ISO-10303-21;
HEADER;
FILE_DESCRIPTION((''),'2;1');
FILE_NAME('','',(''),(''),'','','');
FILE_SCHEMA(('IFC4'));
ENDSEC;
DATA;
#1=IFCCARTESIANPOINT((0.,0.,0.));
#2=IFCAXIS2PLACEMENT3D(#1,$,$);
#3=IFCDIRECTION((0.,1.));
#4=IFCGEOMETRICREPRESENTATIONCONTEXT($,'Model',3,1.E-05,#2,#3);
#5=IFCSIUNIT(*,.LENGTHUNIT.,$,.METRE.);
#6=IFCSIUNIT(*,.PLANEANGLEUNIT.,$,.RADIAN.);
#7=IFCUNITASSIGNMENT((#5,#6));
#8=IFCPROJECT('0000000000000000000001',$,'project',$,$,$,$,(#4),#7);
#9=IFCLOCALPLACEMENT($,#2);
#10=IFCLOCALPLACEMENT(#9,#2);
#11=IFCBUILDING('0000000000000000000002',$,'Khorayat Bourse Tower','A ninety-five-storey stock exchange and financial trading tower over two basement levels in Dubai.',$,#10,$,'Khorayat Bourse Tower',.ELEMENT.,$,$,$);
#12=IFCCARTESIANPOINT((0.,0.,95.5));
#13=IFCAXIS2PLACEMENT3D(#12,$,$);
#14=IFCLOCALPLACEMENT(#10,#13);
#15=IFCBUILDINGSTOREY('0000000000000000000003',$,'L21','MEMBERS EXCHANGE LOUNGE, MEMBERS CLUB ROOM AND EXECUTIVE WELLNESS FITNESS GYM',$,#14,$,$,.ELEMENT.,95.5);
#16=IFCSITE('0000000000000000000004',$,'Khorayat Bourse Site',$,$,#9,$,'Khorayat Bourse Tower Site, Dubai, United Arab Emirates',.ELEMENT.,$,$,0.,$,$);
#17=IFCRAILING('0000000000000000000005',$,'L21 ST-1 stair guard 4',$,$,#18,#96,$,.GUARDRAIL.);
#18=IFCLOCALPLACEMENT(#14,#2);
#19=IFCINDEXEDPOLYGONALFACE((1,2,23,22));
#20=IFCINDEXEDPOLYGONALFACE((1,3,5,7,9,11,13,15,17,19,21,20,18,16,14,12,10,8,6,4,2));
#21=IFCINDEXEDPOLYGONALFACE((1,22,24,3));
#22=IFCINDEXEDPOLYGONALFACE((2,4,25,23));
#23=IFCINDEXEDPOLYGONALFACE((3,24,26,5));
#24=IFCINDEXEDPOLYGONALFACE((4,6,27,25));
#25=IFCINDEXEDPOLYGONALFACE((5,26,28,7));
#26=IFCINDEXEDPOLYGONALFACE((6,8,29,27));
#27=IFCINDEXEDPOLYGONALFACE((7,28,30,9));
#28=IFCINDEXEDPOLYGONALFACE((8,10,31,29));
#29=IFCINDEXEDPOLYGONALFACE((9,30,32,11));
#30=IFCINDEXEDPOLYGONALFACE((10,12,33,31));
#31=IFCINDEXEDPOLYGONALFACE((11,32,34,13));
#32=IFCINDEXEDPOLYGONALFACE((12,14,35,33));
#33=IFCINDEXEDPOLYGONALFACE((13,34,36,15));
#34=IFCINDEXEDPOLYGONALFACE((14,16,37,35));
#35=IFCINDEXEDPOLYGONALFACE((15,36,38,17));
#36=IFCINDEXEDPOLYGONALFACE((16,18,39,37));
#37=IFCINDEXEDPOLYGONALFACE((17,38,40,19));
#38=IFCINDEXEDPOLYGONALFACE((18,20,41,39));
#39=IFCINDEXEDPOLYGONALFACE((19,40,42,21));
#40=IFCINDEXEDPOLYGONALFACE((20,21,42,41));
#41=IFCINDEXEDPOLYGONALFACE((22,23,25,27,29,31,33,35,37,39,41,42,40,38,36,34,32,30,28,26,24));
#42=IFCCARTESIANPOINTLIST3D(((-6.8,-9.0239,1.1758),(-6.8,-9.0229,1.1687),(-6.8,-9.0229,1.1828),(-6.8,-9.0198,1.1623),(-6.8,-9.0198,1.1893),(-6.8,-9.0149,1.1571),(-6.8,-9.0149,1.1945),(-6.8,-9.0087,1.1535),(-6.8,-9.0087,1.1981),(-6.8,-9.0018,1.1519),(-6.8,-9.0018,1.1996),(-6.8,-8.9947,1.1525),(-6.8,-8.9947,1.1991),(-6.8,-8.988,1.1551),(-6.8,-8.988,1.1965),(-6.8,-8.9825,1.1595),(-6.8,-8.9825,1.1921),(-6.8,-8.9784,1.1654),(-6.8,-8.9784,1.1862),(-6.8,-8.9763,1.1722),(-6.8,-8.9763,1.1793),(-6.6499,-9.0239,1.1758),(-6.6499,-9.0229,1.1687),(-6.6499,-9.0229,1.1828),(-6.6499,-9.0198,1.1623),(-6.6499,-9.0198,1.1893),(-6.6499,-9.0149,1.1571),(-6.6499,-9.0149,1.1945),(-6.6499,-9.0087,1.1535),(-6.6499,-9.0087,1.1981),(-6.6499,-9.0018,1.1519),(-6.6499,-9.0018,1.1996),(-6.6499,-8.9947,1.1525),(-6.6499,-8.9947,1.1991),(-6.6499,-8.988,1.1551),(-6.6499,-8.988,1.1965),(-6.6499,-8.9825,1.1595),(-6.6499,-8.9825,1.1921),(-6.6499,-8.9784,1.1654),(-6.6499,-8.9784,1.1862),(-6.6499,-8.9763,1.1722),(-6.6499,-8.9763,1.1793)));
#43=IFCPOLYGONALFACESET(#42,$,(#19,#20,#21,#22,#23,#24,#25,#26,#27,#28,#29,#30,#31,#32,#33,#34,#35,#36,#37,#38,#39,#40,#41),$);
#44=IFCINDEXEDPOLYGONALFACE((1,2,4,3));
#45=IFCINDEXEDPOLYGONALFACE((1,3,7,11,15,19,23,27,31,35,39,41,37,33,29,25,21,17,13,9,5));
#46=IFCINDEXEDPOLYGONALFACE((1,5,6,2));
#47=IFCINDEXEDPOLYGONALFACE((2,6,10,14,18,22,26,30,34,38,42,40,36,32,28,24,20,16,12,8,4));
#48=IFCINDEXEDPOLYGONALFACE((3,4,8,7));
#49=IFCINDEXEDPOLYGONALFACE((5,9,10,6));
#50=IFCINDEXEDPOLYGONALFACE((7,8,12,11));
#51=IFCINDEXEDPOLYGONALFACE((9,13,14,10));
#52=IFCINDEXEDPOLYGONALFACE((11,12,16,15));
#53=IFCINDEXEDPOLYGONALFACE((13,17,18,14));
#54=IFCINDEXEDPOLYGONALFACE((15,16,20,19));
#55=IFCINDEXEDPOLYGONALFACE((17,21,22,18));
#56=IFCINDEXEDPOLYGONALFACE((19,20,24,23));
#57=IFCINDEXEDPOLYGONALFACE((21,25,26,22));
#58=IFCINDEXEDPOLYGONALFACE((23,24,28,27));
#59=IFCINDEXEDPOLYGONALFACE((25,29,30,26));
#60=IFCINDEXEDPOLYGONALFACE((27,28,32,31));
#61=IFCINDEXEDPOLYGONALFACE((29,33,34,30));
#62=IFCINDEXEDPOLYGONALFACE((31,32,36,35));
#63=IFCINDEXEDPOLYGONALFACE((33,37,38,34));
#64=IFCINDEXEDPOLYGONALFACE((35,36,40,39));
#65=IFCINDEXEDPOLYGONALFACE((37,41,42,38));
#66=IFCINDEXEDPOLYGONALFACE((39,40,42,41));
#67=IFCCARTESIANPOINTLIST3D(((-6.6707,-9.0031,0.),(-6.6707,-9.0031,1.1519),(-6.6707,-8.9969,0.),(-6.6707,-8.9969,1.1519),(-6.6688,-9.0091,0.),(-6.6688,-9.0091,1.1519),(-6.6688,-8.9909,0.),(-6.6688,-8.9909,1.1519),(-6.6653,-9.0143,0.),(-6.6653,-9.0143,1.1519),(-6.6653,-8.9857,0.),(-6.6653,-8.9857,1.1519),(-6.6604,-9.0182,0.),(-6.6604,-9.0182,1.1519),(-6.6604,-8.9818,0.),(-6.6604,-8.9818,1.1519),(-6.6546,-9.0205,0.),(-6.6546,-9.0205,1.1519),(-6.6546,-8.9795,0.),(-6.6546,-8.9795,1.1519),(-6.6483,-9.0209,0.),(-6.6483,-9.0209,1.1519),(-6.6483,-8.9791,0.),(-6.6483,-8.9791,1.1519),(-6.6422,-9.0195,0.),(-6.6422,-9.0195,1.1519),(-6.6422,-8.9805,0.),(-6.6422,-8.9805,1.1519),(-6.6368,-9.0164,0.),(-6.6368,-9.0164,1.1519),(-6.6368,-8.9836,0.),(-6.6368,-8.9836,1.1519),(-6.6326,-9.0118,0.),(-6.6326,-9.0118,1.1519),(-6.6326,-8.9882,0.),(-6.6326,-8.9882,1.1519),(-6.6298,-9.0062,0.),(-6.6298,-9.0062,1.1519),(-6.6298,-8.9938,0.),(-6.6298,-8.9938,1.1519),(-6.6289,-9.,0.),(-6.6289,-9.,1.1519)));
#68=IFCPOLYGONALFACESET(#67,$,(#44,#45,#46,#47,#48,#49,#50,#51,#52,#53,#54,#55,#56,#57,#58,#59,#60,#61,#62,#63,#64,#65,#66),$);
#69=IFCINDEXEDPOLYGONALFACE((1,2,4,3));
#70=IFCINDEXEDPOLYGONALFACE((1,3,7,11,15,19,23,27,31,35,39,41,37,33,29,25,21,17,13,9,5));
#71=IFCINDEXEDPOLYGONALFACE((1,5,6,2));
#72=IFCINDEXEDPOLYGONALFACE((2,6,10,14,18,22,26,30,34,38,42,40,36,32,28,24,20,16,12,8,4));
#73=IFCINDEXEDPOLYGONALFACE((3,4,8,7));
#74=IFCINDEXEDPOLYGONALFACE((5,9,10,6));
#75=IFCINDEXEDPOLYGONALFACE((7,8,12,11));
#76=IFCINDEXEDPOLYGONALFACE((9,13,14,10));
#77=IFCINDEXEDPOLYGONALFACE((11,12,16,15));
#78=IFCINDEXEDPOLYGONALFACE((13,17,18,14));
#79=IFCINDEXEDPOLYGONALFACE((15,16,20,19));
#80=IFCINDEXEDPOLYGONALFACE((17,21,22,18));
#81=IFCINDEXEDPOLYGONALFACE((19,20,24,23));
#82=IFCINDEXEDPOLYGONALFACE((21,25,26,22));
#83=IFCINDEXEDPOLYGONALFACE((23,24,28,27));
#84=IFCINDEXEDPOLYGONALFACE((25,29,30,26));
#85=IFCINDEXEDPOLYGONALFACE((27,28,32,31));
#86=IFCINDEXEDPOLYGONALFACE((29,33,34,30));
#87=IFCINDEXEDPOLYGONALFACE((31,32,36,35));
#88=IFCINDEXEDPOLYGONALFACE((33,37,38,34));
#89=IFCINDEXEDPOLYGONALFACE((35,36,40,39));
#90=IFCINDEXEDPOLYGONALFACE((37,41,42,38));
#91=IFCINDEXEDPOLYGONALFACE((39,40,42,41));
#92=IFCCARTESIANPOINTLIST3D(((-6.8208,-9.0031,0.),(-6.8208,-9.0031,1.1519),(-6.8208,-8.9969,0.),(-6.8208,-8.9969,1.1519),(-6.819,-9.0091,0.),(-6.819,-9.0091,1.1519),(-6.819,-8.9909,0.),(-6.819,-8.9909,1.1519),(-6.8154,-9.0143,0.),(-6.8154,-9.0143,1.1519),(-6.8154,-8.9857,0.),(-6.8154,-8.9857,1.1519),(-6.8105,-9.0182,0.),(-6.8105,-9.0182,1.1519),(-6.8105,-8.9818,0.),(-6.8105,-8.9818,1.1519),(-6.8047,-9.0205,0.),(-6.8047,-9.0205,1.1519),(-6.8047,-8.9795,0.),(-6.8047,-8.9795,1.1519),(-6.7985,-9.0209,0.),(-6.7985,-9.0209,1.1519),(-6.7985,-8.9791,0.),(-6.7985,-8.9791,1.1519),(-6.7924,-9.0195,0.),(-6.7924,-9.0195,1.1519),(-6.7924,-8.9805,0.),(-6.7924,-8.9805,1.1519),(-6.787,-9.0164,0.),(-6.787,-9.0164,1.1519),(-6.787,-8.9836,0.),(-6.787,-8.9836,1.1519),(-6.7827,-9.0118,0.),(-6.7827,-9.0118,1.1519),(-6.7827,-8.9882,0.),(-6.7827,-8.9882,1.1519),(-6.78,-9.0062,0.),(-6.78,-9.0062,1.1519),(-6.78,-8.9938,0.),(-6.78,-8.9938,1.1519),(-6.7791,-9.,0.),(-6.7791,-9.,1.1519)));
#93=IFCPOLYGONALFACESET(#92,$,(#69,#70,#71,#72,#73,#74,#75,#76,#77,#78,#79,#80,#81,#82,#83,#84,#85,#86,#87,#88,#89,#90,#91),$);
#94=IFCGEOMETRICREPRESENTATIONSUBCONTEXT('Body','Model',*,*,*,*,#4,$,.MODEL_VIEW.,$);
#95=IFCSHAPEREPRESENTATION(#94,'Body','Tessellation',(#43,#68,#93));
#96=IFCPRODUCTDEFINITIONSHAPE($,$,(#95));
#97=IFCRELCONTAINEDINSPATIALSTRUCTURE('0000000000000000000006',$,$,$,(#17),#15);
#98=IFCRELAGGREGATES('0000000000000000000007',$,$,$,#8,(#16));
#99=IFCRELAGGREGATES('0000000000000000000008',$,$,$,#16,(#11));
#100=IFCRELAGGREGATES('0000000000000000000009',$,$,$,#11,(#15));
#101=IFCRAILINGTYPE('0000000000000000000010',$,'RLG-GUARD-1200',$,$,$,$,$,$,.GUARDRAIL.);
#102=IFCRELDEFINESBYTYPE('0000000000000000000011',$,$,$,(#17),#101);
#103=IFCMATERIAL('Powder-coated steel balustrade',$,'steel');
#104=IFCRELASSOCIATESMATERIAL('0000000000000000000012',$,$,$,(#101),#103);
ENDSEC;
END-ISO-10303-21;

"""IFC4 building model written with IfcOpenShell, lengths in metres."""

from ifc_helpers import new_model, si_unit, direction, frame, origin, origin_2d, place, context, subcontext, project, spatial, circle, extrude, source, transform, mapped, material, type_object, element, save


model = new_model("IFC4")

# Units and contexts
model_context = context("Model", 3, precision=1e-05, world=origin(), true_north=direction((0.0, 1.0)))
body_context = subcontext(model_context, "Body", "Model", "MODEL_VIEW")
ifc_project = project(units=[si_unit("LENGTHUNIT", "METRE"), si_unit("PLANEANGLEUNIT", "RADIAN")], contexts=[model_context])

# Site, building, storey
site_placement = place(None, origin())
site = spatial("IfcSite", under=ifc_project, at=site_placement, Name="Khorayat Bourse Site", LongName="Khorayat Bourse Tower Site, Dubai, United Arab Emirates", CompositionType="ELEMENT", RefElevation=0.0)
building_placement = place(site_placement, origin())
building = spatial("IfcBuilding", under=site, at=building_placement, Name="Khorayat Bourse Tower", Description="A ninety-five-storey stock exchange and financial trading tower over two basement levels in Dubai.", LongName="Khorayat Bourse Tower", CompositionType="ELEMENT")
storey_placement = place(building_placement, frame((0.0, 0.0, 95.5)))
storey = spatial("IfcBuildingStorey", under=building, at=storey_placement, Name="L21", Description="MEMBERS EXCHANGE LOUNGE, MEMBERS CLUB ROOM AND EXECUTIVE WELLNESS FITNESS GYM", CompositionType="ELEMENT", Elevation=95.5)

# Railing
ifc_material_1 = material(Name="Powder-coated steel balustrade", Category="steel")
railing_type_1 = type_object("IfcRailingType", Name="RLG-GUARD-1200", PredefinedType="GUARDRAIL", material=ifc_material_1)
shared_shape_1 = source(origin(), body_context, "Body", "SweptSolid", [
    extrude(circle(Radius=0.0239, at=origin_2d()), frame((0.0, 0.0, 1.1758), z_axis=(-1.0, 0.0, 0.0), x_axis=(0.0, -1.0, 0.0)), (0.0, 0.0, 1.0), 0.1501),
    extrude(circle(Radius=0.021, at=origin_2d()), origin(), (0.0, 0.0, 1.0), 1.1519),
    extrude(circle(Radius=0.021, at=origin_2d()), frame((-0.1501, 0.0, 0.0)), (0.0, 0.0, 1.0), 1.1519),
])
for number, where, name in (
    (1, (-6.6499, -9.0, 0.0), "L21 ST-1 stair guard 4"),
):
    element("IfcRailing", number, at=place(storey_placement, frame(where)), inside=storey, type_object=railing_type_1, Name=name, PredefinedType="GUARDRAIL", context=body_context, shape_type="MappedRepresentation", body=[
        mapped(shared_shape_1, transform((0.0, 0.0, 0.0), scale=1.0)),
    ])

save(model, "model.ifc")
